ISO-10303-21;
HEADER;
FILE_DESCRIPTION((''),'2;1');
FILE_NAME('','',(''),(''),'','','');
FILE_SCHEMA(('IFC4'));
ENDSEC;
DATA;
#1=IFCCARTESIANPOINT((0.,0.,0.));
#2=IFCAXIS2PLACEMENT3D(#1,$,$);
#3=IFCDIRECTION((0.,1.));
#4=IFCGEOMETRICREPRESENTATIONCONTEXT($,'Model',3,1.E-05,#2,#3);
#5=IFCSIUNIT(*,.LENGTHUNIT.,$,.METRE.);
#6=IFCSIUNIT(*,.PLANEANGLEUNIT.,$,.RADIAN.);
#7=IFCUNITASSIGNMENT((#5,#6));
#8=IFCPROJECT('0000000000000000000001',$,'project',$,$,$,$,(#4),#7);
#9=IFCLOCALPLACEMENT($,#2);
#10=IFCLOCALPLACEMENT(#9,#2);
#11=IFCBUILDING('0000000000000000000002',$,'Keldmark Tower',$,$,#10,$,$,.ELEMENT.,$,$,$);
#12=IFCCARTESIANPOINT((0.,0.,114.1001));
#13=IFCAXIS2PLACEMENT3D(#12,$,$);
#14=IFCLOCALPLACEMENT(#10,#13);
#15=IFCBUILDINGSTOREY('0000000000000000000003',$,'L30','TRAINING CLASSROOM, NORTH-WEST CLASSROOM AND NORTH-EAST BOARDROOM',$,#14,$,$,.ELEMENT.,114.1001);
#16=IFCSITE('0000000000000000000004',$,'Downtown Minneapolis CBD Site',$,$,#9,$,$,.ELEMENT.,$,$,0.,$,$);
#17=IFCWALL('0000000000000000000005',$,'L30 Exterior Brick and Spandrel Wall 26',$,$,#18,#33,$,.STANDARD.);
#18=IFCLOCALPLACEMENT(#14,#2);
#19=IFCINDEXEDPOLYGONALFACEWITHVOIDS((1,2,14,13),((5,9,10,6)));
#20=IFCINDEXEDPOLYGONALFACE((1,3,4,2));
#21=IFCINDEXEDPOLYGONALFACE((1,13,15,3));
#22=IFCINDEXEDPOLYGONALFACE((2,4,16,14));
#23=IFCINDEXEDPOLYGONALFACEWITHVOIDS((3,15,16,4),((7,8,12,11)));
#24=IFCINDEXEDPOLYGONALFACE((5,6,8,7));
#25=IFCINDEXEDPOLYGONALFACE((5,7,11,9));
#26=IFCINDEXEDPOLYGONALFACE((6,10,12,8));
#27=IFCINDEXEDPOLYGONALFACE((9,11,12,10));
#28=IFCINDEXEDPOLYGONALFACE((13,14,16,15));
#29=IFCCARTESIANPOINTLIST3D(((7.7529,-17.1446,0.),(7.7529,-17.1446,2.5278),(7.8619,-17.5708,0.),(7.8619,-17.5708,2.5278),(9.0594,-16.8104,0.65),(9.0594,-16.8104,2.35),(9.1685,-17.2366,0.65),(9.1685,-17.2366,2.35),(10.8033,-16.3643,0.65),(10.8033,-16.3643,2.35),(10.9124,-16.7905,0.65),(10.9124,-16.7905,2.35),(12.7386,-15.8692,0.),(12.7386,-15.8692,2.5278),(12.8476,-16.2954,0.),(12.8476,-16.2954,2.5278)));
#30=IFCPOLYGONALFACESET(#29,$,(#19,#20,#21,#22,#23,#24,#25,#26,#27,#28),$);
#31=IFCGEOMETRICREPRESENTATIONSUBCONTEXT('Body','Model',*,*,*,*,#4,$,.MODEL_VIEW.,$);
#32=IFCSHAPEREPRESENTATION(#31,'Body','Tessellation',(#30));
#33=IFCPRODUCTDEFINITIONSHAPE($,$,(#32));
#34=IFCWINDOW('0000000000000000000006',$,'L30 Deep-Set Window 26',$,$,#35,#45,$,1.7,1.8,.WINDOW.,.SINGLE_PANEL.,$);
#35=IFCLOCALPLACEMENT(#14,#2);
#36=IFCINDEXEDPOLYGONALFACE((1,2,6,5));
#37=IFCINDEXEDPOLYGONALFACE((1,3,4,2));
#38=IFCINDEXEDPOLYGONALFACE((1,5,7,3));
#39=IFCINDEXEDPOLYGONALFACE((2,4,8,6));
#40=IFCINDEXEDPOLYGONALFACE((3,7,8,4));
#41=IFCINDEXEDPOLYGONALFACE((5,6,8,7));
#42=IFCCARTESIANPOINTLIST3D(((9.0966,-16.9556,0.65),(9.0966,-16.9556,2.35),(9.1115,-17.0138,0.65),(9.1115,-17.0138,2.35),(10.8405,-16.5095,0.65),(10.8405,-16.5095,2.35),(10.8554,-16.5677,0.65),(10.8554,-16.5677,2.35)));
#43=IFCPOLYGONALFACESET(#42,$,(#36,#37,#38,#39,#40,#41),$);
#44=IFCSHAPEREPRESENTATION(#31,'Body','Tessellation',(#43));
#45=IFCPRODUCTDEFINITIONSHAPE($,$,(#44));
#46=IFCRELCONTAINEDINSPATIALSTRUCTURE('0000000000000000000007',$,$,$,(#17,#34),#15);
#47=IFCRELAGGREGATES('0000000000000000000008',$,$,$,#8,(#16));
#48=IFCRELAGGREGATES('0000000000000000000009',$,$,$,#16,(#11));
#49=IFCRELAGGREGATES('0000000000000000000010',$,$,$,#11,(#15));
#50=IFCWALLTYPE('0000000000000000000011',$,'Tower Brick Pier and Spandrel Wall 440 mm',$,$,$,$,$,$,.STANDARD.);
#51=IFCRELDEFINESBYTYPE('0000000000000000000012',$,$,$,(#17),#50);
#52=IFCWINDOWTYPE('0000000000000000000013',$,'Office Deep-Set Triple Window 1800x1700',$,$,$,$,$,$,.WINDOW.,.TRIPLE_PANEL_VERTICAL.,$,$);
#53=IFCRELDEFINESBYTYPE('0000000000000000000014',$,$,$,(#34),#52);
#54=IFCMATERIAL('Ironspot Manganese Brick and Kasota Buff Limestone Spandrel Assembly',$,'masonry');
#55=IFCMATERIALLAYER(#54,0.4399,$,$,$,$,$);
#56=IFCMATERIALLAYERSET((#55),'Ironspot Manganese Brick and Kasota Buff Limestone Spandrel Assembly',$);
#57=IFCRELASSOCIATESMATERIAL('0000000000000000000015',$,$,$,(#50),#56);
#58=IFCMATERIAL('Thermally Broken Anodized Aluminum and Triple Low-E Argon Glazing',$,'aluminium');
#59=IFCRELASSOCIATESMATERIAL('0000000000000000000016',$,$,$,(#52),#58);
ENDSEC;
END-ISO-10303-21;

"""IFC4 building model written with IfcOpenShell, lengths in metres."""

from ifc_helpers import new_model, si_unit, direction, frame, frame_2d, origin, place, context, subcontext, project, spatial, rectangle, extrude, material, layer, layer_set, type_object, element, fill, save


model = new_model("IFC4")

# Units and contexts
model_context = context("Model", 3, precision=1e-05, world=origin(), true_north=direction((0.0, 1.0)))
body_context = subcontext(model_context, "Body", "Model", "MODEL_VIEW")
ifc_project = project(units=[si_unit("LENGTHUNIT", "METRE"), si_unit("PLANEANGLEUNIT", "RADIAN")], contexts=[model_context])

# Site, building, storey
site_placement = place(None, origin())
site = spatial("IfcSite", under=ifc_project, at=site_placement, Name="Downtown Minneapolis CBD Site", CompositionType="ELEMENT", RefElevation=0.0)
building_placement = place(site_placement, origin())
building = spatial("IfcBuilding", under=site, at=building_placement, Name="Keldmark Tower", CompositionType="ELEMENT")
storey_placement = place(building_placement, frame((0.0, 0.0, 114.1001)))
storey = spatial("IfcBuildingStorey", under=building, at=storey_placement, Name="L30", Description="TRAINING CLASSROOM, NORTH-WEST CLASSROOM AND NORTH-EAST BOARDROOM", CompositionType="ELEMENT", Elevation=114.1001)

# Wall, opening, window
ifc_material_1 = material(Name="Ironspot Manganese Brick and Kasota Buff Limestone Spandrel Assembly", Category="masonry")
ifc_layer_1 = layer(ifc_material_1, 0.4399)
ifc_layer_set_1 = layer_set([ifc_layer_1], Name="Ironspot Manganese Brick and Kasota Buff Limestone Spandrel Assembly")
wall_type_1 = type_object("IfcWallType", Name="Tower Brick Pier and Spandrel Wall 440 mm", PredefinedType="STANDARD", material=ifc_layer_set_1)
wall_1_placement = place(storey_placement, frame((12.7932, -16.0823, 0.0), z_axis=(0.0, 0.0, 1.0), x_axis=(-0.968802, -0.247834, 0.0)))
wall_1 = element("IfcWall", 1, at=wall_1_placement, inside=storey, type_object=wall_type_1, Name="L30 Exterior Brick and Spandrel Wall 26", PredefinedType="STANDARD", context=body_context, shape_type="SweptSolid", body=[
    extrude(rectangle(XDim=5.1462, YDim=0.4399, at=frame_2d((2.5732, 0.0))), origin(), (0.0, 0.0, 1.0), 2.5278),
])
opening_1_placement = place(wall_1_placement, frame((1.9978, 0.0, 0.6499)))
opening_1 = element("IfcOpeningElement", 2, at=opening_1_placement, cuts=wall_1, PredefinedType="OPENING", context=body_context, shape_type="SweptSolid", body=[
    extrude(rectangle(XDim=1.8, YDim=1.7, at=frame_2d((0.8999, 0.8501))), frame((0.0, 0.23, 0.0), z_axis=(0.0, -1.0, 0.0), x_axis=(1.0, 0.0, 0.0)), (0.0, 0.0, 1.0), 0.46),
])
ifc_material_2 = material(Name="Thermally Broken Anodized Aluminum and Triple Low-E Argon Glazing", Category="aluminium")
window_type = type_object("IfcWindowType", Name="Office Deep-Set Triple Window 1800x1700", PartitioningType="TRIPLE_PANEL_VERTICAL", PredefinedType="WINDOW", material=ifc_material_2)
window_placement = place(opening_1_placement, origin())
window = element("IfcWindow", 3, at=window_placement, inside=storey, type_object=window_type, Name="L30 Deep-Set Window 26", OverallHeight=1.7, OverallWidth=1.8, PartitioningType="SINGLE_PANEL", PredefinedType="WINDOW", context=body_context, shape_type="SweptSolid", body=[
    extrude(rectangle(XDim=1.8, YDim=1.7, at=frame_2d((0.8999, 0.8501))), frame((0.0, -0.01, 0.0), z_axis=(0.0, -1.0, 0.0), x_axis=(1.0, 0.0, 0.0)), (0.0, 0.0, 1.0), 0.0601),
])
fill(opening_1, window)

save(model, "model.ifc")
